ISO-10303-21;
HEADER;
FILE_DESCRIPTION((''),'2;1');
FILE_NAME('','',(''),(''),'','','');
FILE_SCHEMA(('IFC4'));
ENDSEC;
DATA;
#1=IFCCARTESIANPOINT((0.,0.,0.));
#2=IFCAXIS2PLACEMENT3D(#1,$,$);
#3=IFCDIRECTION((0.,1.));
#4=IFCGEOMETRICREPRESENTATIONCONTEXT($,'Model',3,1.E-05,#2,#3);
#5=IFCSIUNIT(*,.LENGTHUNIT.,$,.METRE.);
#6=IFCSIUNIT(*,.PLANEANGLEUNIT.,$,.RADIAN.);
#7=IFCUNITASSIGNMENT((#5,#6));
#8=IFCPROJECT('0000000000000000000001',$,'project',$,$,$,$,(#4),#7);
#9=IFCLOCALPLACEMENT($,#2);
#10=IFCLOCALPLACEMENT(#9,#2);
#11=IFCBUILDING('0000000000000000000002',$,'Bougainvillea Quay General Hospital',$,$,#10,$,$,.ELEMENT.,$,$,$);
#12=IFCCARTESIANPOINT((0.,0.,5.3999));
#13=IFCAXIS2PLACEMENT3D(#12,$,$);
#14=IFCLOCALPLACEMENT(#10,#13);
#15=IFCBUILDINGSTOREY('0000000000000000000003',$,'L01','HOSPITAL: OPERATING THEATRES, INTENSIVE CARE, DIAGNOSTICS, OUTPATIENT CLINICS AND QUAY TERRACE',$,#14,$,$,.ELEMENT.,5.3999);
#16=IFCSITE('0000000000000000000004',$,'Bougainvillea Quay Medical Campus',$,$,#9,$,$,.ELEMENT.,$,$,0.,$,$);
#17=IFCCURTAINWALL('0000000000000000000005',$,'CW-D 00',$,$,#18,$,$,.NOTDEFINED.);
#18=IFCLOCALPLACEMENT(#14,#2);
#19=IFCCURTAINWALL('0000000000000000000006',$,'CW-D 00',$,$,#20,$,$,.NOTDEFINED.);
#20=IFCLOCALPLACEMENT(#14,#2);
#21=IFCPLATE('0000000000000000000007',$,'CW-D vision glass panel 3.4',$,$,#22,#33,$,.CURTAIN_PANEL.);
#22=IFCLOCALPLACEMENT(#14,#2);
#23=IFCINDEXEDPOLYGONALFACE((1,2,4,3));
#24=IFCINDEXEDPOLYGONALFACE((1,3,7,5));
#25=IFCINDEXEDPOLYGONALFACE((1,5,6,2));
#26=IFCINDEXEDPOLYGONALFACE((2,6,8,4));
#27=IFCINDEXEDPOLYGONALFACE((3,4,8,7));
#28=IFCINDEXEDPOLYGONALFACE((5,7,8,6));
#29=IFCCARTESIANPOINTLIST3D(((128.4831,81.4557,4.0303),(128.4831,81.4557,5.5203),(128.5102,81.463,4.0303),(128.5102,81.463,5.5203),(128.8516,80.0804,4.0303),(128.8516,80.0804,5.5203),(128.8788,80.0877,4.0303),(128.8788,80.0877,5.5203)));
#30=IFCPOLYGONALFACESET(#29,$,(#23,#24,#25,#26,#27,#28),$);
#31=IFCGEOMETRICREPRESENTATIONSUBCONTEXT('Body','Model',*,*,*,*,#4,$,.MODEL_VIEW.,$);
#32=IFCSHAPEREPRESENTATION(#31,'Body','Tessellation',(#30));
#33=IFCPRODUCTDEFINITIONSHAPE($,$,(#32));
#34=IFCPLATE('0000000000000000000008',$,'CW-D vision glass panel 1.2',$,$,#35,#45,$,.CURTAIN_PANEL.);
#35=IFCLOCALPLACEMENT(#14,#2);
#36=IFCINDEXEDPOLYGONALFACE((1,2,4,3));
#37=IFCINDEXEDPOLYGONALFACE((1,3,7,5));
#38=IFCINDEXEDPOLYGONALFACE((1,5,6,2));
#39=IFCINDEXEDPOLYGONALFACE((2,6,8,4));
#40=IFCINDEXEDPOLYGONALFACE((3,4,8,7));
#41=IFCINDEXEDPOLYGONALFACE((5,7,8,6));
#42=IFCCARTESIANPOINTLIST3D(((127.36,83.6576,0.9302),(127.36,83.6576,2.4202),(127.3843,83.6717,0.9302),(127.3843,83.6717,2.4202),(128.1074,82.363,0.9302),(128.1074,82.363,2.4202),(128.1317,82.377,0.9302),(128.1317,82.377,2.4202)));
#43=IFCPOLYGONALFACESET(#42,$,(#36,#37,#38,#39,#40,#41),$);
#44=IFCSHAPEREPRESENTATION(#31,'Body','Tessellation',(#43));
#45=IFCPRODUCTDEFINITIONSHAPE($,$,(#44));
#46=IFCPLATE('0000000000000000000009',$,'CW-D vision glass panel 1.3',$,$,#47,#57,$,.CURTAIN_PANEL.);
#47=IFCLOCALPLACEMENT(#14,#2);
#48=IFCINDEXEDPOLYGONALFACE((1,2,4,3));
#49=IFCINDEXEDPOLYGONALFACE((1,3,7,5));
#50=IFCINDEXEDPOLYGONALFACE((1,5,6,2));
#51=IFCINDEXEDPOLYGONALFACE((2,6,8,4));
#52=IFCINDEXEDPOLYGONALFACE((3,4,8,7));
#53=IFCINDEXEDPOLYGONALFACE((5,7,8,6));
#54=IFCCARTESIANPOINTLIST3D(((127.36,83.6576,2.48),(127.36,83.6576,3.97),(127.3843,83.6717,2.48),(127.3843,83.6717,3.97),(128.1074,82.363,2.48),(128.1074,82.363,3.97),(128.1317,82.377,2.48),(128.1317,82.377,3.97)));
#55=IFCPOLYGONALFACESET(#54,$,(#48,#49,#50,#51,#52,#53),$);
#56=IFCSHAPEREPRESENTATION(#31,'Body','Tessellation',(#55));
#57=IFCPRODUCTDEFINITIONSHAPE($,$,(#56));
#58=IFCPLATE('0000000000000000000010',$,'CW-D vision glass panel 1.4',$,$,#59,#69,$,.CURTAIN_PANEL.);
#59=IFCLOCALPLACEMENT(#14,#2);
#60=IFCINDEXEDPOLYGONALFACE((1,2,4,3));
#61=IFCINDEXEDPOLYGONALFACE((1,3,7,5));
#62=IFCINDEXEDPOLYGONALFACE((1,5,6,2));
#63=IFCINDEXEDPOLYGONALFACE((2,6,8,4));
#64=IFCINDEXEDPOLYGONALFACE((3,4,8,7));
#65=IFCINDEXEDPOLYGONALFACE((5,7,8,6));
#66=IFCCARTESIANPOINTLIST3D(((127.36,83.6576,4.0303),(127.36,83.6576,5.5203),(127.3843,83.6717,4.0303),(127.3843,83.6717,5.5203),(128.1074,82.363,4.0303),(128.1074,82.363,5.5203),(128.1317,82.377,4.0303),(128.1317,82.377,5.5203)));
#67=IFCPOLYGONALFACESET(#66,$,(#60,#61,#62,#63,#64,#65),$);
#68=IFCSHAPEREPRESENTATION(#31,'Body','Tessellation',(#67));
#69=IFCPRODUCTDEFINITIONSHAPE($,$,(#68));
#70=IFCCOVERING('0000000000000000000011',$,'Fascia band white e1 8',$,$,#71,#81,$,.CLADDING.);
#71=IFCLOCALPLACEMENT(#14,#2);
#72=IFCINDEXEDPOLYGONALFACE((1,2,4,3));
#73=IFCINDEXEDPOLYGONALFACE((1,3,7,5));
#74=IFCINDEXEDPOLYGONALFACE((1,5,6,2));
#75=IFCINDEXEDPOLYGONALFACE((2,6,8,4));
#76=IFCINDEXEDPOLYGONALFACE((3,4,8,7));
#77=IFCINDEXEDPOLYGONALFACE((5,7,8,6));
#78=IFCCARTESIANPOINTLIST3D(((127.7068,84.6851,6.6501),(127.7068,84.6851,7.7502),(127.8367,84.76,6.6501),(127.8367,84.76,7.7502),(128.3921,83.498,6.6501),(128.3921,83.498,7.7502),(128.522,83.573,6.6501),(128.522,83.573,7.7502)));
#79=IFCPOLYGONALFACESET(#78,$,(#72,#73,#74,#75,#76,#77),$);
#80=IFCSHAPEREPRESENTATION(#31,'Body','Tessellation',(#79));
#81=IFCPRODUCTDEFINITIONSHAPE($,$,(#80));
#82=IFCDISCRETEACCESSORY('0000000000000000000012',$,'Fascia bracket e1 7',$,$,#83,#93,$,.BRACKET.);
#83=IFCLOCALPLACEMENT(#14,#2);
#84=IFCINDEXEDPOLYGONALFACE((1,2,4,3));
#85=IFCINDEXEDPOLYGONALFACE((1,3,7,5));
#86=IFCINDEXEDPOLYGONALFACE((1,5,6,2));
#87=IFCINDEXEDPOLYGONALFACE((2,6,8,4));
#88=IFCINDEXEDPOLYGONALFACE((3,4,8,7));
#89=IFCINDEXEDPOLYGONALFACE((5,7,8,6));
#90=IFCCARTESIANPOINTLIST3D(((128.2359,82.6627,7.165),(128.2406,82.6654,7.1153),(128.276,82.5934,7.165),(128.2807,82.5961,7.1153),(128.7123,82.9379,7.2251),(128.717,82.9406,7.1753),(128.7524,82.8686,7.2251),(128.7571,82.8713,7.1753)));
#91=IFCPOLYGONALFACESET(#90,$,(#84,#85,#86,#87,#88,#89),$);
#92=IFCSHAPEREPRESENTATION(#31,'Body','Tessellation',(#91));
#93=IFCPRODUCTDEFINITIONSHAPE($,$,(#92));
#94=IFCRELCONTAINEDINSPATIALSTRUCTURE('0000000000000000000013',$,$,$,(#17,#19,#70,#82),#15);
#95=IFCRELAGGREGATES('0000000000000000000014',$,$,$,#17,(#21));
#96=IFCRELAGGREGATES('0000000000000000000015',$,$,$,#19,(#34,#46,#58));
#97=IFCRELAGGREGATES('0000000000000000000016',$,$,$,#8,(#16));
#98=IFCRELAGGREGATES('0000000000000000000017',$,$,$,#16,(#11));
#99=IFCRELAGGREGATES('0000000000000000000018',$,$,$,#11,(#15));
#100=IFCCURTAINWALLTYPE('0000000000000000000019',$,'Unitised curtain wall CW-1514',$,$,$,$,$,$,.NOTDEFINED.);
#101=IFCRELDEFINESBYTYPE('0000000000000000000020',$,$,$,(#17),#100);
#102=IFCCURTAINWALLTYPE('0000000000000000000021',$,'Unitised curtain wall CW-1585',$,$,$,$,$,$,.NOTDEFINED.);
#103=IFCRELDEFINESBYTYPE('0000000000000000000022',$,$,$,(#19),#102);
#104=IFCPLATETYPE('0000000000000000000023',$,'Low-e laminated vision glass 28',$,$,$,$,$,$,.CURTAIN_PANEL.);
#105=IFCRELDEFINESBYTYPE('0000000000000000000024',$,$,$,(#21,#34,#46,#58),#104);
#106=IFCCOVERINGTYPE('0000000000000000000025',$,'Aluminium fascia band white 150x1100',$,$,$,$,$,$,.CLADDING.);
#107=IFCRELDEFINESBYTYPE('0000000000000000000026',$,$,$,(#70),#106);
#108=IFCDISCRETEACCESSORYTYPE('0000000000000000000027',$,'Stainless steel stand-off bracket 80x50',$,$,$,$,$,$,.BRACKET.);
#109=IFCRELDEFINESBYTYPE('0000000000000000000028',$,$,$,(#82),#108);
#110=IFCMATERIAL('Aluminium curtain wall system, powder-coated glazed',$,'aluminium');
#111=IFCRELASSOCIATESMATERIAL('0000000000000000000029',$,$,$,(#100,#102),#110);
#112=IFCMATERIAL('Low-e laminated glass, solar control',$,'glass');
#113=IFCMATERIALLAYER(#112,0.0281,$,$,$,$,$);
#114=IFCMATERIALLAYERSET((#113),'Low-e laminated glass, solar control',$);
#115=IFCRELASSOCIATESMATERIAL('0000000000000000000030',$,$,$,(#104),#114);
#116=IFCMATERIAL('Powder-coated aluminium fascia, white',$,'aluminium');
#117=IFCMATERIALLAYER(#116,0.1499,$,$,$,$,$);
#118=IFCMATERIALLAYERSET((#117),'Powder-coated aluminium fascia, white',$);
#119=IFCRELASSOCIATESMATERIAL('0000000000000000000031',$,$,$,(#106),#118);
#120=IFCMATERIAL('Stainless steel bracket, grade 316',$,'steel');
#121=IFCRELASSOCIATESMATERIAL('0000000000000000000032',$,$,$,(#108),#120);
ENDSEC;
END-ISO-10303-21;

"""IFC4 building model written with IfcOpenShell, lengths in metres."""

from ifc_helpers import new_model, si_unit, direction, frame, origin, origin_2d, place, context, subcontext, project, spatial, polyline, rectangle, outline, extrude, material, layer, layer_set, material_profile, profile_set, type_object, element, aggregate, save


model = new_model("IFC4")

# Units and contexts
model_context = context("Model", 3, precision=1e-05, world=origin(), true_north=direction((0.0, 1.0)))
body_context = subcontext(model_context, "Body", "Model", "MODEL_VIEW")
ifc_project = project(units=[si_unit("LENGTHUNIT", "METRE"), si_unit("PLANEANGLEUNIT", "RADIAN")], contexts=[model_context])

# Site, building, storey
site_placement = place(None, origin())
site = spatial("IfcSite", under=ifc_project, at=site_placement, Name="Bougainvillea Quay Medical Campus", CompositionType="ELEMENT", RefElevation=0.0)
building_placement = place(site_placement, origin())
building = spatial("IfcBuilding", under=site, at=building_placement, Name="Bougainvillea Quay General Hospital", CompositionType="ELEMENT")
storey_placement = place(building_placement, frame((0.0, 0.0, 5.3999)))
storey = spatial("IfcBuildingStorey", under=building, at=storey_placement, Name="L01", Description="HOSPITAL: OPERATING THEATRES, INTENSIVE CARE, DIAGNOSTICS, OUTPATIENT CLINICS AND QUAY TERRACE", CompositionType="ELEMENT", Elevation=5.3999)

# Curtain walls
ifc_material_1 = material(Name="Aluminium curtain wall system, powder-coated glazed", Category="aluminium")
curtain_wall_type_1 = type_object("IfcCurtainWallType", Name="Unitised curtain wall CW-1514", PredefinedType="NOTDEFINED", material=ifc_material_1)
curtain_wall_1_placement = place(storey_placement, origin())
curtain_wall_1 = element("IfcCurtainWall", 1, at=curtain_wall_1_placement, inside=storey, type_object=curtain_wall_type_1, Name="CW-D 00", PredefinedType="NOTDEFINED")
curtain_wall_type_2 = type_object("IfcCurtainWallType", Name="Unitised curtain wall CW-1585", PredefinedType="NOTDEFINED", material=ifc_material_1)
curtain_wall_2_placement = place(storey_placement, origin())
curtain_wall_2 = element("IfcCurtainWall", 2, at=curtain_wall_2_placement, inside=storey, type_object=curtain_wall_type_2, Name="CW-D 00", PredefinedType="NOTDEFINED")

# Plates
ifc_material_2 = material(Name="Low-e laminated glass, solar control", Category="glass")
ifc_layer_1 = layer(ifc_material_2, 0.0281)
ifc_layer_set_1 = layer_set([ifc_layer_1], Name="Low-e laminated glass, solar control")
plate_type_1 = type_object("IfcPlateType", Name="Low-e laminated vision glass 28", PredefinedType="CURTAIN_PANEL", material=ifc_layer_set_1)
plate_1_placement = place(storey_placement, frame((128.6809, 80.7717, 4.0303), z_axis=(0.0, 0.0, 1.0), x_axis=(-0.258855, 0.965916, 0.0)))
plate_1 = element("IfcPlate", 3, at=plate_1_placement, type_object=plate_type_1, Name="CW-D vision glass panel 3.4", PredefinedType="CURTAIN_PANEL", context=body_context, shape_type="SweptSolid", body=[
    extrude(rectangle(XDim=1.4238, YDim=0.0281, at=origin_2d()), origin(), (0.0, 0.0, 1.0), 1.49),
])
aggregate(curtain_wall_1, [plate_1])
plate_2_placement = place(storey_placement, frame((127.7458, 83.0173, 0.9302), z_axis=(0.0, 0.0, 1.0), x_axis=(-0.499965, 0.866046, 0.0)))
plate_2 = element("IfcPlate", 4, at=plate_2_placement, type_object=plate_type_1, Name="CW-D vision glass panel 1.2", PredefinedType="CURTAIN_PANEL", context=body_context, shape_type="SweptSolid", body=[
    extrude(rectangle(XDim=1.4949, YDim=0.0281, at=origin_2d()), origin(), (0.0, 0.0, 1.0), 1.49),
])
plate_3_placement = place(storey_placement, frame((127.7458, 83.0173, 2.48), z_axis=(0.0, 0.0, 1.0), x_axis=(-0.499965, 0.866046, 0.0)))
plate_3 = element("IfcPlate", 5, at=plate_3_placement, type_object=plate_type_1, Name="CW-D vision glass panel 1.3", PredefinedType="CURTAIN_PANEL", context=body_context, shape_type="SweptSolid", body=[
    extrude(rectangle(XDim=1.4949, YDim=0.0281, at=origin_2d()), origin(), (0.0, 0.0, 1.0), 1.49),
])
plate_4_placement = place(storey_placement, frame((127.7458, 83.0173, 4.0303), z_axis=(0.0, 0.0, 1.0), x_axis=(-0.499965, 0.866046, 0.0)))
plate_4 = element("IfcPlate", 6, at=plate_4_placement, type_object=plate_type_1, Name="CW-D vision glass panel 1.4", PredefinedType="CURTAIN_PANEL", context=body_context, shape_type="SweptSolid", body=[
    extrude(rectangle(XDim=1.4949, YDim=0.0281, at=origin_2d()), origin(), (0.0, 0.0, 1.0), 1.49),
])
aggregate(curtain_wall_2, [plate_2, plate_3, plate_4])

# Covering
ifc_material_3 = material(Name="Powder-coated aluminium fascia, white", Category="aluminium")
ifc_layer_2 = layer(ifc_material_3, 0.1499)
ifc_layer_set_2 = layer_set([ifc_layer_2], Name="Powder-coated aluminium fascia, white")
covering_type = type_object("IfcCoveringType", Name="Aluminium fascia band white 150x1100", PredefinedType="CLADDING", material=ifc_layer_set_2)
covering_placement = place(storey_placement, frame((128.3921, 83.498, 6.6501), z_axis=(0.0, 0.0, 1.0), x_axis=(-0.49999, 0.866031, 0.0)))
element("IfcCovering", 7, at=covering_placement, inside=storey, type_object=covering_type, Name="Fascia band white e1 8", PredefinedType="CLADDING", context=body_context, shape_type="SweptSolid", body=[
    extrude(outline(polyline([(0.0, 0.0), (1.3706, 0.0), (1.3706, -0.15), (0.0, -0.15), (0.0, 0.0)])), origin(), (0.0, 0.0, 1.0), 1.1001),
])

# Discrete accessory
ifc_material_4 = material(Name="Stainless steel bracket, grade 316", Category="steel")
ifc_material_profile_1 = material_profile(ifc_material_4, rectangle(XDim=0.0801, YDim=0.05, at=origin_2d()))
ifc_profile_set_1 = profile_set([ifc_material_profile_1], Name="Stainless steel bracket, grade 316")
discrete_accessory_type = type_object("IfcDiscreteAccessoryType", Name="Stainless steel stand-off bracket 80x50", PredefinedType="BRACKET", material=ifc_profile_set_1)
discrete_accessory_placement = place(storey_placement, frame((128.2583, 82.6294, 7.1401), z_axis=(0.860797, 0.497241, 0.108537), x_axis=(-0.500196, 0.865912, 0.0)))
element("IfcDiscreteAccessory", 8, at=discrete_accessory_placement, inside=storey, type_object=discrete_accessory_type, Name="Fascia bracket e1 7", PredefinedType="BRACKET", context=body_context, shape_type="SweptSolid", body=[
    extrude(rectangle(XDim=0.0801, YDim=0.05, at=origin_2d()), origin(), (0.0, 0.0, 1.0), 0.5535),
])

save(model, "model.ifc")
